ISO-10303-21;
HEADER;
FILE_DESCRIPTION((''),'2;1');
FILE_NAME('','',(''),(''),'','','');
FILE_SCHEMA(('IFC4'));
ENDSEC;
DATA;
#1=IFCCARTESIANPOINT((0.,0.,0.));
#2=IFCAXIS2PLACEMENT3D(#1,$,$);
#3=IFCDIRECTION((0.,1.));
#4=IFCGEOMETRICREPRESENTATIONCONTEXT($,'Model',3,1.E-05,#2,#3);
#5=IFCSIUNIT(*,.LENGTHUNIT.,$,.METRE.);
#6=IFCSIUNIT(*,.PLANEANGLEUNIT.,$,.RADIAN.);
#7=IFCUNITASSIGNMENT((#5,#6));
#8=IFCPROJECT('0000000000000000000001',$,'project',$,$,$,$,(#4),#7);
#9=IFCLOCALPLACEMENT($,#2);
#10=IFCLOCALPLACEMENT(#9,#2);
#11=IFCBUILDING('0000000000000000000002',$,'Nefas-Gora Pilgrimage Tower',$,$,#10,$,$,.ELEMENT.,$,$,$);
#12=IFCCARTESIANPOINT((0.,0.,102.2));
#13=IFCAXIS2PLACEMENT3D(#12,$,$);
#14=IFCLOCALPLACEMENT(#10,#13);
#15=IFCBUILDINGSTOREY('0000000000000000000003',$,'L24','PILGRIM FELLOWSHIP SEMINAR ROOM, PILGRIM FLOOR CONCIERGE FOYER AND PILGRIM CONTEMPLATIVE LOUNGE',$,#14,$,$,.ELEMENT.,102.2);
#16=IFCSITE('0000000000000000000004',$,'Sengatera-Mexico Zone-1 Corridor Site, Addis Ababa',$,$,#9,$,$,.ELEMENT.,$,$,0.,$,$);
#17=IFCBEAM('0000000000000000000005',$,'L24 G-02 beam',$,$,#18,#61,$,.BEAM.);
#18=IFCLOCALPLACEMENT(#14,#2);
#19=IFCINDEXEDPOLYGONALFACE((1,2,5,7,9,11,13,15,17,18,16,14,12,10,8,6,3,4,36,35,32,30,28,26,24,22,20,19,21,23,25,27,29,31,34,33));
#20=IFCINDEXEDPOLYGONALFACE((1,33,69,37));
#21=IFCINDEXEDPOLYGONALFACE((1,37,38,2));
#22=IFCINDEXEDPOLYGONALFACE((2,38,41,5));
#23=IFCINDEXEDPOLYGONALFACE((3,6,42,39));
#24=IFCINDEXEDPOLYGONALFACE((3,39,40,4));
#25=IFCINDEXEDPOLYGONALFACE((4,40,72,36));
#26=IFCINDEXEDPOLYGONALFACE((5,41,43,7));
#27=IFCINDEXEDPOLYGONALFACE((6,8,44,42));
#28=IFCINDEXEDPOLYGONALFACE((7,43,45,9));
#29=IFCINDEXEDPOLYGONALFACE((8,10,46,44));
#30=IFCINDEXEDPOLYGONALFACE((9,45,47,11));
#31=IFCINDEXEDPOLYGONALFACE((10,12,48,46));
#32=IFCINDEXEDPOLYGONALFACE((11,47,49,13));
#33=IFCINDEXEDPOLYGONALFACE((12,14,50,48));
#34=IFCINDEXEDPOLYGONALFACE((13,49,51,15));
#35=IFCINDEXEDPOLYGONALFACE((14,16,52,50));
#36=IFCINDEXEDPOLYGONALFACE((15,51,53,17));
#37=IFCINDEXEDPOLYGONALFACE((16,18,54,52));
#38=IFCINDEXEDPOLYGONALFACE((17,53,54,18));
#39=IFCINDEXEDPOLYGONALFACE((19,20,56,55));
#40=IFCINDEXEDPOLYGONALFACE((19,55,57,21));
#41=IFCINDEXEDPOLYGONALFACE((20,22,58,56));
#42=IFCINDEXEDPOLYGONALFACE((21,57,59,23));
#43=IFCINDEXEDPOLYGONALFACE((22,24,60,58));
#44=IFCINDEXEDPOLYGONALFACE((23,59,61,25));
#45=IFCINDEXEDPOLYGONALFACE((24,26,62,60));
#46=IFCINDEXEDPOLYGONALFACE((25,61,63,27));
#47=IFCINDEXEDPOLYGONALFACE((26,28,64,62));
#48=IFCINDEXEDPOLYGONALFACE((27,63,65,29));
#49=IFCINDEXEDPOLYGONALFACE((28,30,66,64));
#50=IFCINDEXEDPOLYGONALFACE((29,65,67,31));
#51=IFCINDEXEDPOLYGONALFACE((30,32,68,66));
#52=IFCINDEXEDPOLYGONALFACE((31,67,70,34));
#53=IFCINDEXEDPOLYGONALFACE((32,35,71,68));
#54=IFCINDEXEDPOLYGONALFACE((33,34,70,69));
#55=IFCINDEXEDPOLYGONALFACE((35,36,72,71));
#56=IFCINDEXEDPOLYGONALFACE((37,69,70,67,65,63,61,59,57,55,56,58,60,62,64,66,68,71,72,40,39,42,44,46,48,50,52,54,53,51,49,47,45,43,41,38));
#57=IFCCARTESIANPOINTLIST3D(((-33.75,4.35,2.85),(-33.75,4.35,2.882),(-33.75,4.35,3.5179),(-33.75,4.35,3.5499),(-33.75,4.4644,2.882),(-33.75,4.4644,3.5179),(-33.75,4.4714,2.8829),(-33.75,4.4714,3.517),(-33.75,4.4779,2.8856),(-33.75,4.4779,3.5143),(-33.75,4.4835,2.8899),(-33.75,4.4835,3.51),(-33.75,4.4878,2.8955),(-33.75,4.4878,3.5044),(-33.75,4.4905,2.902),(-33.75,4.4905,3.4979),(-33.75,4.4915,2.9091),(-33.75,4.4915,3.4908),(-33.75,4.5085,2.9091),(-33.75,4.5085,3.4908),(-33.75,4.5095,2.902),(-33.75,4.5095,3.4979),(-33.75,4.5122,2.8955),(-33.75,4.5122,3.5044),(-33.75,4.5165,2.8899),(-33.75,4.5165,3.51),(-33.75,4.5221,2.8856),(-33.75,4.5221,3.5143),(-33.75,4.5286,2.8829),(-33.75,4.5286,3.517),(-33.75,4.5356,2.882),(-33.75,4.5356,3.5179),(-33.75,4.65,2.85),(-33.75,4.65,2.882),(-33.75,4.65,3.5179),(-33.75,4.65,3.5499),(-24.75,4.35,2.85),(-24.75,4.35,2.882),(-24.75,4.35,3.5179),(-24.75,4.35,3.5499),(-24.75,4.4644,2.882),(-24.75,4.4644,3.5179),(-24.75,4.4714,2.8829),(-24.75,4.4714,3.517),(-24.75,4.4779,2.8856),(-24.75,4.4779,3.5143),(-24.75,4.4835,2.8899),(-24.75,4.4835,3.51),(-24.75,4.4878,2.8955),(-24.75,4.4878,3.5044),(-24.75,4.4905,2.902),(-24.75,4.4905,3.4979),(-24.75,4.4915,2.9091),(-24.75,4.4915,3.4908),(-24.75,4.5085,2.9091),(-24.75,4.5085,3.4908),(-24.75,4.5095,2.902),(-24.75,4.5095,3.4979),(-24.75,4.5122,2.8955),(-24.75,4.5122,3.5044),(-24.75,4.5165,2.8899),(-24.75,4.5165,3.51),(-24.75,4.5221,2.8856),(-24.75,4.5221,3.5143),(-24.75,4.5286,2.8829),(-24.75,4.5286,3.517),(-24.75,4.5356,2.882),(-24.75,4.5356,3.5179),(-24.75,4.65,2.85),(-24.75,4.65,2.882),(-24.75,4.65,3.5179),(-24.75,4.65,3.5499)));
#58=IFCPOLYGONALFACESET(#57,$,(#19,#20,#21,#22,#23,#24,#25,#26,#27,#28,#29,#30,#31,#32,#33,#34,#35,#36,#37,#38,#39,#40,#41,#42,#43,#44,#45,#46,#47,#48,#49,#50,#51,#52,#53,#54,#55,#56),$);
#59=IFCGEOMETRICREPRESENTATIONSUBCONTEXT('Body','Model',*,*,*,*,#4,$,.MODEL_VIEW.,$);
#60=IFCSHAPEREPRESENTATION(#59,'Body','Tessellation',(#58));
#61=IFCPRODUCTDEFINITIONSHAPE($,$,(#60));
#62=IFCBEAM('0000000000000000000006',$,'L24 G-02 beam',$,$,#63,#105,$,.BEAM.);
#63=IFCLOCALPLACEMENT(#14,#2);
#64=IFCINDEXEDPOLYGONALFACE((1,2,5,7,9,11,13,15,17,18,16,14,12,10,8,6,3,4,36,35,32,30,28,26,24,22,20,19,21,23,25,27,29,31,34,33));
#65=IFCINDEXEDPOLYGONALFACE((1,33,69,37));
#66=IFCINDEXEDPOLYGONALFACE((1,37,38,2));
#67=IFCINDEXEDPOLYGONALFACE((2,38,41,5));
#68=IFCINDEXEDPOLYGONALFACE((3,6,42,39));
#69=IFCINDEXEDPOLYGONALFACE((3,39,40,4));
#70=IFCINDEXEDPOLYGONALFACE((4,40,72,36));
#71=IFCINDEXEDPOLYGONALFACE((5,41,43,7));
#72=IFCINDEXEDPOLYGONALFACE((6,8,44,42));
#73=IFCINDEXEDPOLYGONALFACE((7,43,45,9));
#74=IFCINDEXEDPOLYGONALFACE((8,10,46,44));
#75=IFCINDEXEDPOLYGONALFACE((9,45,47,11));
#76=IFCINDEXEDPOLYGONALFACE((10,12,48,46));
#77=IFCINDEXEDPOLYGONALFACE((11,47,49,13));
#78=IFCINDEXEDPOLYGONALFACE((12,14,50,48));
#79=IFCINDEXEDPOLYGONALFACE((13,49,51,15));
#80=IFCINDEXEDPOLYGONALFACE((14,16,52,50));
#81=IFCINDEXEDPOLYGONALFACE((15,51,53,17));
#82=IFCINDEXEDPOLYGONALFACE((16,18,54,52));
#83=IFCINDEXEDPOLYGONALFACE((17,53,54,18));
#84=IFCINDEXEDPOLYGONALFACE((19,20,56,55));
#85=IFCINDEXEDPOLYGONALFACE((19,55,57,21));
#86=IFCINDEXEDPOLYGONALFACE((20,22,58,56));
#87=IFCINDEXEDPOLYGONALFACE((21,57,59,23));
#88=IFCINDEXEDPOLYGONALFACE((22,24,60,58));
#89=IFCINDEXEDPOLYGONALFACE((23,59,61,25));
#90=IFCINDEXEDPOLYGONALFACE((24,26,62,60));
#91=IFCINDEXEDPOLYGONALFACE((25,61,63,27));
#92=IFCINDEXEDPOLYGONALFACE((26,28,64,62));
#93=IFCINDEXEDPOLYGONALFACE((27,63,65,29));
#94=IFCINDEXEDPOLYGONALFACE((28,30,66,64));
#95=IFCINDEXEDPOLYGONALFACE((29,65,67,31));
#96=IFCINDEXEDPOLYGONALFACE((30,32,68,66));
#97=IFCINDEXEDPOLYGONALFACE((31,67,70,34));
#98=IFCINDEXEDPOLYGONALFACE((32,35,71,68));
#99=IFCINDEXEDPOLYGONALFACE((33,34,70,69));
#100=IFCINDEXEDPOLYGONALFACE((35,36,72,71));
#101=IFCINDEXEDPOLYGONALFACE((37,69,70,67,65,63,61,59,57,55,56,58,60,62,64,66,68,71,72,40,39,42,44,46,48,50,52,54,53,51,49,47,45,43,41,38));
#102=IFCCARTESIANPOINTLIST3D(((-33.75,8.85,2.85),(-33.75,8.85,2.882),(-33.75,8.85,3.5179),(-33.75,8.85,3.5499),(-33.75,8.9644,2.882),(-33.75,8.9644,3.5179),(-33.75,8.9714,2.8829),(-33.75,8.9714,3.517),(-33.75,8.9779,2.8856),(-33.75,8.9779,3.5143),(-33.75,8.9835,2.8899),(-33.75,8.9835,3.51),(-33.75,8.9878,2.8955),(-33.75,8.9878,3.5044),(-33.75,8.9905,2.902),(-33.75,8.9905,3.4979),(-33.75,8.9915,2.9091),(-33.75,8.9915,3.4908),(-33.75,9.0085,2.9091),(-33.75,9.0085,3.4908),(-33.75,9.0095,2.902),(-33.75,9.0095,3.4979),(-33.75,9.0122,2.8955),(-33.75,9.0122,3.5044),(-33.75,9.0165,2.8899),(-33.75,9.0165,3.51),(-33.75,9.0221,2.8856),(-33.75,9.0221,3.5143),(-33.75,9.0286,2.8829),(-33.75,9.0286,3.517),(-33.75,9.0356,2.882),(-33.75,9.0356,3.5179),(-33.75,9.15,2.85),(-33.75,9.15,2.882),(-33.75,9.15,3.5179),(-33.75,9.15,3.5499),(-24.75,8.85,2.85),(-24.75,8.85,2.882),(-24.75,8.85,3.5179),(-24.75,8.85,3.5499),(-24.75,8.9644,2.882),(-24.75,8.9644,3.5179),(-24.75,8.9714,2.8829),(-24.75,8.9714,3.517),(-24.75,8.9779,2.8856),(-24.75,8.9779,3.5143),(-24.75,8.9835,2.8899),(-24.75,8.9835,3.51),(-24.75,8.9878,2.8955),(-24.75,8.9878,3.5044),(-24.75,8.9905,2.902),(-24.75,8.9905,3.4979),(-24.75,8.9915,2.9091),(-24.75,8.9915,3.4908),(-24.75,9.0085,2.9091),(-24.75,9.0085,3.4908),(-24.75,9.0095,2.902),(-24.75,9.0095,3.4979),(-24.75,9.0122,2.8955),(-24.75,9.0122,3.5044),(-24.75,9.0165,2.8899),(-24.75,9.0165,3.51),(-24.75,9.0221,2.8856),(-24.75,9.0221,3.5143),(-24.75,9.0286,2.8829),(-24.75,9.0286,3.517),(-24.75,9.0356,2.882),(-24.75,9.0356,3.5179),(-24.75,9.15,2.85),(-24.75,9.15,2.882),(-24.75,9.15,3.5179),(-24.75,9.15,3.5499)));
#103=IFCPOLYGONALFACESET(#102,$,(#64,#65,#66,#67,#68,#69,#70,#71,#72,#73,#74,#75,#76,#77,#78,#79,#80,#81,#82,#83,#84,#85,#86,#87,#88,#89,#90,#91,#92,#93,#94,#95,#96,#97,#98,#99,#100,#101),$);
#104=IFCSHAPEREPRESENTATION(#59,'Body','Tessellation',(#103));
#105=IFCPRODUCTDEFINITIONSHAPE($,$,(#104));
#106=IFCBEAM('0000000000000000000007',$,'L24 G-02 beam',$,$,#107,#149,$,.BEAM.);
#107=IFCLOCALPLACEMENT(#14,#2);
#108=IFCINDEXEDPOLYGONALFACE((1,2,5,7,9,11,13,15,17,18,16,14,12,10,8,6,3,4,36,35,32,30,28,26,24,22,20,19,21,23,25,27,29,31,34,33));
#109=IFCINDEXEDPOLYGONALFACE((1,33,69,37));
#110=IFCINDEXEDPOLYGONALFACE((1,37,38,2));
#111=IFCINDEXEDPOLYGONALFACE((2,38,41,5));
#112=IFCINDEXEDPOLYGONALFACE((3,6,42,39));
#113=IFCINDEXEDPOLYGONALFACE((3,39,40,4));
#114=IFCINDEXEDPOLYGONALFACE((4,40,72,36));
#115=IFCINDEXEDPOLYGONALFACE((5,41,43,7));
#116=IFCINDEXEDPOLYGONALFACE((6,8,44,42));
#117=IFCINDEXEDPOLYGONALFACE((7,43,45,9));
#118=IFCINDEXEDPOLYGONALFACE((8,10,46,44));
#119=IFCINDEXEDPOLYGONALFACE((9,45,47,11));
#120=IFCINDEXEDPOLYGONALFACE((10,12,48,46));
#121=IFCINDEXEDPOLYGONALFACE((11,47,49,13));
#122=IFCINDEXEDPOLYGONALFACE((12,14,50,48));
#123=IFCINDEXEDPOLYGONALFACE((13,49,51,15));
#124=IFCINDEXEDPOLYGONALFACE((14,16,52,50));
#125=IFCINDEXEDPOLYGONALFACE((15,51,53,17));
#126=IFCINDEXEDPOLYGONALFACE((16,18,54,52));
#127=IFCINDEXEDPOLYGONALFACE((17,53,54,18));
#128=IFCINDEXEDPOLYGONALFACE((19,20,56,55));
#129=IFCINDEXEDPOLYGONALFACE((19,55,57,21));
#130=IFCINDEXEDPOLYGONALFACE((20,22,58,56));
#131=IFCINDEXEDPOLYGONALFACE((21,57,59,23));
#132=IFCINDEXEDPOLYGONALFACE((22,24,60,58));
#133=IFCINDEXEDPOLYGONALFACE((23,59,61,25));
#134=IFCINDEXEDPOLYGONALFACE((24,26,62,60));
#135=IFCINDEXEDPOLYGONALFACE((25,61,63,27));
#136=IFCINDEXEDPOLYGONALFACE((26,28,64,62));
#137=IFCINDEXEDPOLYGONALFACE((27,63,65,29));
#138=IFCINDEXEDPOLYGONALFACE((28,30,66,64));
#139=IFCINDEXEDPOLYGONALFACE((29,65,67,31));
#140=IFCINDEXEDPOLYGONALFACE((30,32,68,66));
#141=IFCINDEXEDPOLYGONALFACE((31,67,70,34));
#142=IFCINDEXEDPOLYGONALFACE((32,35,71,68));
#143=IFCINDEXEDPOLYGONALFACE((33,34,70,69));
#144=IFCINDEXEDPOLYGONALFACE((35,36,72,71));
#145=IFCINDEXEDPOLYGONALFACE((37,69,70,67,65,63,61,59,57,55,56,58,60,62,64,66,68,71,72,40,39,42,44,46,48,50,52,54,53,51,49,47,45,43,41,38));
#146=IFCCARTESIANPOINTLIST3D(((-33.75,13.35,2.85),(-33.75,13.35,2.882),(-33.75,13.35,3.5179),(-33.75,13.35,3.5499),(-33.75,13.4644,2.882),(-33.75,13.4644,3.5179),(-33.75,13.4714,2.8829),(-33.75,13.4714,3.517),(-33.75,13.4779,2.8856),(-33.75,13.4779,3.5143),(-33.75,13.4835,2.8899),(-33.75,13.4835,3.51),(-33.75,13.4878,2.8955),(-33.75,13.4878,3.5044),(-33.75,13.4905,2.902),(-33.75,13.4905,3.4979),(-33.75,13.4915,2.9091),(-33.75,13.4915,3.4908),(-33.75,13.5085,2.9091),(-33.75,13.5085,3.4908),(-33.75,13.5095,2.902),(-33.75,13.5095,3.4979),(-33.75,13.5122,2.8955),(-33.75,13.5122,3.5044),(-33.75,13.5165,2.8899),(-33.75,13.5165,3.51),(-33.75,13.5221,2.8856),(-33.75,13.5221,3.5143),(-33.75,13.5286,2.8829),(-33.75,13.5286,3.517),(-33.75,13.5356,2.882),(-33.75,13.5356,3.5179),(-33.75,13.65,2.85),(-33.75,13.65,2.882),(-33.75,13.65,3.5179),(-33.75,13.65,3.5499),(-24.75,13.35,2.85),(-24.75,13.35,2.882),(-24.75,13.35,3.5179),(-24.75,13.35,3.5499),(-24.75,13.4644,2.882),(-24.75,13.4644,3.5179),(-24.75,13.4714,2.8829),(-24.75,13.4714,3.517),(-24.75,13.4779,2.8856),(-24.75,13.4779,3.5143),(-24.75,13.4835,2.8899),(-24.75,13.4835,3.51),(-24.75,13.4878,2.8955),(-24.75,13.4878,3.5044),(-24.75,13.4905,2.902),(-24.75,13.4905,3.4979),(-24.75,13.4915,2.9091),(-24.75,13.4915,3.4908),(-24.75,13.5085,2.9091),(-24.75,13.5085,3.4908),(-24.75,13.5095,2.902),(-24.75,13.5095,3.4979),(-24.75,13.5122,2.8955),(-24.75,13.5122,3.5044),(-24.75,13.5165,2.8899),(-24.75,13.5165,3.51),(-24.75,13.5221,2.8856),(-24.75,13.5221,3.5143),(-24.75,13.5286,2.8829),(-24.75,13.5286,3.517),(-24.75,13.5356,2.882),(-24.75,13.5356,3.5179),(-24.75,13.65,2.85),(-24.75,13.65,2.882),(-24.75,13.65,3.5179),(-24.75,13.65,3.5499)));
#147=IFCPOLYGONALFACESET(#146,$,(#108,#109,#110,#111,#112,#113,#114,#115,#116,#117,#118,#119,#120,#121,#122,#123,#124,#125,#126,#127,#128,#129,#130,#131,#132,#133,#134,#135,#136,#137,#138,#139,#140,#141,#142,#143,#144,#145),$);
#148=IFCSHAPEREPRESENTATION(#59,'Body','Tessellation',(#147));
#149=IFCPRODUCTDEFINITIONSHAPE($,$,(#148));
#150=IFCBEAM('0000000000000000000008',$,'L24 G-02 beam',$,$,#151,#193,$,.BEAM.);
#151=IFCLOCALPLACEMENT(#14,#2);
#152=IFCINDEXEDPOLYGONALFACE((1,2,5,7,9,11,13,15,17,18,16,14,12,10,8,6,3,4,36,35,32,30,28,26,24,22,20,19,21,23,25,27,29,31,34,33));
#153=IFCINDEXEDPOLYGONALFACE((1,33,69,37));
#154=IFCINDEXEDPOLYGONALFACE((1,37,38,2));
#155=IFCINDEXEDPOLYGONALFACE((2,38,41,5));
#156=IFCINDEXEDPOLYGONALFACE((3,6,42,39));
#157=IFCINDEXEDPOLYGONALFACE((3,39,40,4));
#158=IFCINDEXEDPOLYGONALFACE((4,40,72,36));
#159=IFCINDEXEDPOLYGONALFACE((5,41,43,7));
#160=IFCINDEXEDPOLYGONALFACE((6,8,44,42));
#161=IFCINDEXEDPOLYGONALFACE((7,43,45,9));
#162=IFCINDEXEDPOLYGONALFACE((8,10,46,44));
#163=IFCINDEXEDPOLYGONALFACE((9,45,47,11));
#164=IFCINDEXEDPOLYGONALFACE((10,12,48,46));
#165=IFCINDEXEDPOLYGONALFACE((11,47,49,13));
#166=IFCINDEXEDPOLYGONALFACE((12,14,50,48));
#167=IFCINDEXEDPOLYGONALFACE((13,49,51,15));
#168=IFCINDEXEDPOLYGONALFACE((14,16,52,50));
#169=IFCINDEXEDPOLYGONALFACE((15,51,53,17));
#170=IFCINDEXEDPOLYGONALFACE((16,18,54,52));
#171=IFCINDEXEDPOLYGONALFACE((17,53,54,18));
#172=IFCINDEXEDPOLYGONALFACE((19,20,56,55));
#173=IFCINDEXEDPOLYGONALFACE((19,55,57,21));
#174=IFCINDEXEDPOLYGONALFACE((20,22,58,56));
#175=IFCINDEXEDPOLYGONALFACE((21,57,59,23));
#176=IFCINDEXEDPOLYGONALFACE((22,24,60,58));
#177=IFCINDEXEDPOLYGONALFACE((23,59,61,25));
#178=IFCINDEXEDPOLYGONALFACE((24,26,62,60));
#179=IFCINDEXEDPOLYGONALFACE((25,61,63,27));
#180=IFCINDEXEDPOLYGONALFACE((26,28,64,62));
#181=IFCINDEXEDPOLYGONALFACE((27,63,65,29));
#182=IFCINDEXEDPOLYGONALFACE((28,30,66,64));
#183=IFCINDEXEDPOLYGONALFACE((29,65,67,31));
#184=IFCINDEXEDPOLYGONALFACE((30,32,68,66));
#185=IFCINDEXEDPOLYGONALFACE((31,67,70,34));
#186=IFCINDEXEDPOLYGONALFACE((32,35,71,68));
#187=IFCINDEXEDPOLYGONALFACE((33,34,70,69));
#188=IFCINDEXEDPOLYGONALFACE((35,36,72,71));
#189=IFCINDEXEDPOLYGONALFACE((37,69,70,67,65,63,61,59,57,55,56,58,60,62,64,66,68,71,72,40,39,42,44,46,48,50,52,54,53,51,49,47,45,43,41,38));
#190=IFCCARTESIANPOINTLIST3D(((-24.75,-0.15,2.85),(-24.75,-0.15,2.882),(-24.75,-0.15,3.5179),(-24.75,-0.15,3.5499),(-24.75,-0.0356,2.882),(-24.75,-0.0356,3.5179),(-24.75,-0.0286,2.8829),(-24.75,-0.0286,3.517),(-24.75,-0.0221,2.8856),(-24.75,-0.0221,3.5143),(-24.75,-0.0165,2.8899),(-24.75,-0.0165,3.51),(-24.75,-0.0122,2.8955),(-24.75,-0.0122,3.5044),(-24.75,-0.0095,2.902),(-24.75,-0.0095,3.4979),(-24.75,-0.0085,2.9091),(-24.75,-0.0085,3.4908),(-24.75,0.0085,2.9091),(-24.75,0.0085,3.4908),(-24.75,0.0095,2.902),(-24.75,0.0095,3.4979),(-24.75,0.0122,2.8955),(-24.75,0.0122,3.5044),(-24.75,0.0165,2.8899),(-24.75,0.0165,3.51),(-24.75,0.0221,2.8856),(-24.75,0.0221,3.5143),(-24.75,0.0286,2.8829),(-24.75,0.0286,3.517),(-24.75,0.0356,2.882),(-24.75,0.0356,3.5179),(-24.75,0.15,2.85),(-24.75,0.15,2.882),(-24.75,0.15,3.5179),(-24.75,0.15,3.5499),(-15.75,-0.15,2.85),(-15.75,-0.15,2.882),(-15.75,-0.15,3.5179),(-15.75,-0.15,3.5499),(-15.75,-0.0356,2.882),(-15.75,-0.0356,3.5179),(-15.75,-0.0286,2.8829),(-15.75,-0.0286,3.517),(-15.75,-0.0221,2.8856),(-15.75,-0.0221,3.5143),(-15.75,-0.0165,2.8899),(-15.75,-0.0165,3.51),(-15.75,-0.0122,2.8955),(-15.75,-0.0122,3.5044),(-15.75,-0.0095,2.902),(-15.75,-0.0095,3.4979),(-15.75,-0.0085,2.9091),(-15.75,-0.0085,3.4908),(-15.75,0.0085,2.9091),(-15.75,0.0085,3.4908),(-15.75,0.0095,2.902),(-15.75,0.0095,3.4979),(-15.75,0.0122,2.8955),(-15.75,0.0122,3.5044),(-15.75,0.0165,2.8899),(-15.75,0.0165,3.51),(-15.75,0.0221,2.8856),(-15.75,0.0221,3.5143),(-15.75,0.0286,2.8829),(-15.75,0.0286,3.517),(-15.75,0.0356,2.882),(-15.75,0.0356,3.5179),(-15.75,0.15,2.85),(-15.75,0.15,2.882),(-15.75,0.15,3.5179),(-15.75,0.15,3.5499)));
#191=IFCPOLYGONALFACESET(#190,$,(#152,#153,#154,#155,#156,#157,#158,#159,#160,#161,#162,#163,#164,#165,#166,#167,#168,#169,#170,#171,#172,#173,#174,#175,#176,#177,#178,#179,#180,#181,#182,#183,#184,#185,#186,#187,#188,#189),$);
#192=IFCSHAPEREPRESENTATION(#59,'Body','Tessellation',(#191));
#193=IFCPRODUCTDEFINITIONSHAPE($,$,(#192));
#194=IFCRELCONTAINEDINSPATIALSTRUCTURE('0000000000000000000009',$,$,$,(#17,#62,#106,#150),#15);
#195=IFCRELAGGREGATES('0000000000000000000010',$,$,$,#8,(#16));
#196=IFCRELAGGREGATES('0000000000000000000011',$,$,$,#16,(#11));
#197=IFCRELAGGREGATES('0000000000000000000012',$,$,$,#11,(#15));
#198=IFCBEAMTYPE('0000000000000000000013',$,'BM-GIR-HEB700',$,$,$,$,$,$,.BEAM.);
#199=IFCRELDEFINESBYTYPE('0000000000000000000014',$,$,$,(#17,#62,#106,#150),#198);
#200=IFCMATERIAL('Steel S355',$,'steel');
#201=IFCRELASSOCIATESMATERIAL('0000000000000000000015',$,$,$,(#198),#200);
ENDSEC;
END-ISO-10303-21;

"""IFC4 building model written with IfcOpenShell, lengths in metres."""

from ifc_helpers import new_model, si_unit, direction, frame, origin, origin_2d, place, context, subcontext, project, spatial, i_section, extrude, source, transform, mapped, material, material_profile, profile_set, type_object, element, save


model = new_model("IFC4")

# Units and contexts
model_context = context("Model", 3, precision=1e-05, world=origin(), true_north=direction((0.0, 1.0)))
body_context = subcontext(model_context, "Body", "Model", "MODEL_VIEW")
ifc_project = project(units=[si_unit("LENGTHUNIT", "METRE"), si_unit("PLANEANGLEUNIT", "RADIAN")], contexts=[model_context])

# Site, building, storey
site_placement = place(None, origin())
site = spatial("IfcSite", under=ifc_project, at=site_placement, Name="Sengatera-Mexico Zone-1 Corridor Site, Addis Ababa", CompositionType="ELEMENT", RefElevation=0.0)
building_placement = place(site_placement, origin())
building = spatial("IfcBuilding", under=site, at=building_placement, Name="Nefas-Gora Pilgrimage Tower", CompositionType="ELEMENT")
storey_placement = place(building_placement, frame((0.0, 0.0, 102.2)))
storey = spatial("IfcBuildingStorey", under=building, at=storey_placement, Name="L24", Description="PILGRIM FELLOWSHIP SEMINAR ROOM, PILGRIM FLOOR CONCIERGE FOYER AND PILGRIM CONTEMPLATIVE LOUNGE", CompositionType="ELEMENT", Elevation=102.2)

# Beams
ifc_material_1 = material(Name="Steel S355", Category="steel")
ifc_material_profile_1 = material_profile(ifc_material_1, i_section(OverallWidth=0.3, OverallDepth=0.7, WebThickness=0.0171, FlangeThickness=0.032, FilletRadius=0.0271, at=origin_2d()), Name="HEB 700")
ifc_profile_set_1 = profile_set([ifc_material_profile_1], Name="Steel S355")
beam_type_1 = type_object("IfcBeamType", Name="BM-GIR-HEB700", PredefinedType="BEAM", material=ifc_profile_set_1)
shared_shape_1 = source(origin(), body_context, "Body", "SweptSolid", [
    extrude(i_section(OverallWidth=0.3, OverallDepth=0.7, WebThickness=0.0171, FlangeThickness=0.032, FilletRadius=0.0271, at=origin_2d()), origin(), (0.0, 0.0, 1.0), 9.0),
])
for number, where, z_axis, x_axis, name in (
    (1, (-33.75, 4.5, 3.2), (1.0, 0.0, 0.0), (0.0, 1.0, 0.0), "L24 G-02 beam"),
    (2, (-33.75, 9.0, 3.2), (1.0, 0.0, 0.0), (0.0, 1.0, 0.0), "L24 G-02 beam"),
    (3, (-33.75, 13.5, 3.2), (1.0, 0.0, 0.0), (0.0, 1.0, 0.0), "L24 G-02 beam"),
    (4, (-24.75, 0.0, 3.2), (1.0, 0.0, 0.0), (0.0, 1.0, 0.0), "L24 G-02 beam"),
):
    element("IfcBeam", number, at=place(storey_placement, frame(where, z_axis=z_axis, x_axis=x_axis)), inside=storey, type_object=beam_type_1, Name=name, PredefinedType="BEAM", context=body_context, shape_type="MappedRepresentation", body=[
        mapped(shared_shape_1, transform((0.0, 0.0, 0.0), x_axis=(1.0, 0.0, 0.0), y_axis=(0.0, 1.0, 0.0), z_axis=(0.0, 0.0, 1.0), scale=1.0)),
    ])

save(model, "model.ifc")
